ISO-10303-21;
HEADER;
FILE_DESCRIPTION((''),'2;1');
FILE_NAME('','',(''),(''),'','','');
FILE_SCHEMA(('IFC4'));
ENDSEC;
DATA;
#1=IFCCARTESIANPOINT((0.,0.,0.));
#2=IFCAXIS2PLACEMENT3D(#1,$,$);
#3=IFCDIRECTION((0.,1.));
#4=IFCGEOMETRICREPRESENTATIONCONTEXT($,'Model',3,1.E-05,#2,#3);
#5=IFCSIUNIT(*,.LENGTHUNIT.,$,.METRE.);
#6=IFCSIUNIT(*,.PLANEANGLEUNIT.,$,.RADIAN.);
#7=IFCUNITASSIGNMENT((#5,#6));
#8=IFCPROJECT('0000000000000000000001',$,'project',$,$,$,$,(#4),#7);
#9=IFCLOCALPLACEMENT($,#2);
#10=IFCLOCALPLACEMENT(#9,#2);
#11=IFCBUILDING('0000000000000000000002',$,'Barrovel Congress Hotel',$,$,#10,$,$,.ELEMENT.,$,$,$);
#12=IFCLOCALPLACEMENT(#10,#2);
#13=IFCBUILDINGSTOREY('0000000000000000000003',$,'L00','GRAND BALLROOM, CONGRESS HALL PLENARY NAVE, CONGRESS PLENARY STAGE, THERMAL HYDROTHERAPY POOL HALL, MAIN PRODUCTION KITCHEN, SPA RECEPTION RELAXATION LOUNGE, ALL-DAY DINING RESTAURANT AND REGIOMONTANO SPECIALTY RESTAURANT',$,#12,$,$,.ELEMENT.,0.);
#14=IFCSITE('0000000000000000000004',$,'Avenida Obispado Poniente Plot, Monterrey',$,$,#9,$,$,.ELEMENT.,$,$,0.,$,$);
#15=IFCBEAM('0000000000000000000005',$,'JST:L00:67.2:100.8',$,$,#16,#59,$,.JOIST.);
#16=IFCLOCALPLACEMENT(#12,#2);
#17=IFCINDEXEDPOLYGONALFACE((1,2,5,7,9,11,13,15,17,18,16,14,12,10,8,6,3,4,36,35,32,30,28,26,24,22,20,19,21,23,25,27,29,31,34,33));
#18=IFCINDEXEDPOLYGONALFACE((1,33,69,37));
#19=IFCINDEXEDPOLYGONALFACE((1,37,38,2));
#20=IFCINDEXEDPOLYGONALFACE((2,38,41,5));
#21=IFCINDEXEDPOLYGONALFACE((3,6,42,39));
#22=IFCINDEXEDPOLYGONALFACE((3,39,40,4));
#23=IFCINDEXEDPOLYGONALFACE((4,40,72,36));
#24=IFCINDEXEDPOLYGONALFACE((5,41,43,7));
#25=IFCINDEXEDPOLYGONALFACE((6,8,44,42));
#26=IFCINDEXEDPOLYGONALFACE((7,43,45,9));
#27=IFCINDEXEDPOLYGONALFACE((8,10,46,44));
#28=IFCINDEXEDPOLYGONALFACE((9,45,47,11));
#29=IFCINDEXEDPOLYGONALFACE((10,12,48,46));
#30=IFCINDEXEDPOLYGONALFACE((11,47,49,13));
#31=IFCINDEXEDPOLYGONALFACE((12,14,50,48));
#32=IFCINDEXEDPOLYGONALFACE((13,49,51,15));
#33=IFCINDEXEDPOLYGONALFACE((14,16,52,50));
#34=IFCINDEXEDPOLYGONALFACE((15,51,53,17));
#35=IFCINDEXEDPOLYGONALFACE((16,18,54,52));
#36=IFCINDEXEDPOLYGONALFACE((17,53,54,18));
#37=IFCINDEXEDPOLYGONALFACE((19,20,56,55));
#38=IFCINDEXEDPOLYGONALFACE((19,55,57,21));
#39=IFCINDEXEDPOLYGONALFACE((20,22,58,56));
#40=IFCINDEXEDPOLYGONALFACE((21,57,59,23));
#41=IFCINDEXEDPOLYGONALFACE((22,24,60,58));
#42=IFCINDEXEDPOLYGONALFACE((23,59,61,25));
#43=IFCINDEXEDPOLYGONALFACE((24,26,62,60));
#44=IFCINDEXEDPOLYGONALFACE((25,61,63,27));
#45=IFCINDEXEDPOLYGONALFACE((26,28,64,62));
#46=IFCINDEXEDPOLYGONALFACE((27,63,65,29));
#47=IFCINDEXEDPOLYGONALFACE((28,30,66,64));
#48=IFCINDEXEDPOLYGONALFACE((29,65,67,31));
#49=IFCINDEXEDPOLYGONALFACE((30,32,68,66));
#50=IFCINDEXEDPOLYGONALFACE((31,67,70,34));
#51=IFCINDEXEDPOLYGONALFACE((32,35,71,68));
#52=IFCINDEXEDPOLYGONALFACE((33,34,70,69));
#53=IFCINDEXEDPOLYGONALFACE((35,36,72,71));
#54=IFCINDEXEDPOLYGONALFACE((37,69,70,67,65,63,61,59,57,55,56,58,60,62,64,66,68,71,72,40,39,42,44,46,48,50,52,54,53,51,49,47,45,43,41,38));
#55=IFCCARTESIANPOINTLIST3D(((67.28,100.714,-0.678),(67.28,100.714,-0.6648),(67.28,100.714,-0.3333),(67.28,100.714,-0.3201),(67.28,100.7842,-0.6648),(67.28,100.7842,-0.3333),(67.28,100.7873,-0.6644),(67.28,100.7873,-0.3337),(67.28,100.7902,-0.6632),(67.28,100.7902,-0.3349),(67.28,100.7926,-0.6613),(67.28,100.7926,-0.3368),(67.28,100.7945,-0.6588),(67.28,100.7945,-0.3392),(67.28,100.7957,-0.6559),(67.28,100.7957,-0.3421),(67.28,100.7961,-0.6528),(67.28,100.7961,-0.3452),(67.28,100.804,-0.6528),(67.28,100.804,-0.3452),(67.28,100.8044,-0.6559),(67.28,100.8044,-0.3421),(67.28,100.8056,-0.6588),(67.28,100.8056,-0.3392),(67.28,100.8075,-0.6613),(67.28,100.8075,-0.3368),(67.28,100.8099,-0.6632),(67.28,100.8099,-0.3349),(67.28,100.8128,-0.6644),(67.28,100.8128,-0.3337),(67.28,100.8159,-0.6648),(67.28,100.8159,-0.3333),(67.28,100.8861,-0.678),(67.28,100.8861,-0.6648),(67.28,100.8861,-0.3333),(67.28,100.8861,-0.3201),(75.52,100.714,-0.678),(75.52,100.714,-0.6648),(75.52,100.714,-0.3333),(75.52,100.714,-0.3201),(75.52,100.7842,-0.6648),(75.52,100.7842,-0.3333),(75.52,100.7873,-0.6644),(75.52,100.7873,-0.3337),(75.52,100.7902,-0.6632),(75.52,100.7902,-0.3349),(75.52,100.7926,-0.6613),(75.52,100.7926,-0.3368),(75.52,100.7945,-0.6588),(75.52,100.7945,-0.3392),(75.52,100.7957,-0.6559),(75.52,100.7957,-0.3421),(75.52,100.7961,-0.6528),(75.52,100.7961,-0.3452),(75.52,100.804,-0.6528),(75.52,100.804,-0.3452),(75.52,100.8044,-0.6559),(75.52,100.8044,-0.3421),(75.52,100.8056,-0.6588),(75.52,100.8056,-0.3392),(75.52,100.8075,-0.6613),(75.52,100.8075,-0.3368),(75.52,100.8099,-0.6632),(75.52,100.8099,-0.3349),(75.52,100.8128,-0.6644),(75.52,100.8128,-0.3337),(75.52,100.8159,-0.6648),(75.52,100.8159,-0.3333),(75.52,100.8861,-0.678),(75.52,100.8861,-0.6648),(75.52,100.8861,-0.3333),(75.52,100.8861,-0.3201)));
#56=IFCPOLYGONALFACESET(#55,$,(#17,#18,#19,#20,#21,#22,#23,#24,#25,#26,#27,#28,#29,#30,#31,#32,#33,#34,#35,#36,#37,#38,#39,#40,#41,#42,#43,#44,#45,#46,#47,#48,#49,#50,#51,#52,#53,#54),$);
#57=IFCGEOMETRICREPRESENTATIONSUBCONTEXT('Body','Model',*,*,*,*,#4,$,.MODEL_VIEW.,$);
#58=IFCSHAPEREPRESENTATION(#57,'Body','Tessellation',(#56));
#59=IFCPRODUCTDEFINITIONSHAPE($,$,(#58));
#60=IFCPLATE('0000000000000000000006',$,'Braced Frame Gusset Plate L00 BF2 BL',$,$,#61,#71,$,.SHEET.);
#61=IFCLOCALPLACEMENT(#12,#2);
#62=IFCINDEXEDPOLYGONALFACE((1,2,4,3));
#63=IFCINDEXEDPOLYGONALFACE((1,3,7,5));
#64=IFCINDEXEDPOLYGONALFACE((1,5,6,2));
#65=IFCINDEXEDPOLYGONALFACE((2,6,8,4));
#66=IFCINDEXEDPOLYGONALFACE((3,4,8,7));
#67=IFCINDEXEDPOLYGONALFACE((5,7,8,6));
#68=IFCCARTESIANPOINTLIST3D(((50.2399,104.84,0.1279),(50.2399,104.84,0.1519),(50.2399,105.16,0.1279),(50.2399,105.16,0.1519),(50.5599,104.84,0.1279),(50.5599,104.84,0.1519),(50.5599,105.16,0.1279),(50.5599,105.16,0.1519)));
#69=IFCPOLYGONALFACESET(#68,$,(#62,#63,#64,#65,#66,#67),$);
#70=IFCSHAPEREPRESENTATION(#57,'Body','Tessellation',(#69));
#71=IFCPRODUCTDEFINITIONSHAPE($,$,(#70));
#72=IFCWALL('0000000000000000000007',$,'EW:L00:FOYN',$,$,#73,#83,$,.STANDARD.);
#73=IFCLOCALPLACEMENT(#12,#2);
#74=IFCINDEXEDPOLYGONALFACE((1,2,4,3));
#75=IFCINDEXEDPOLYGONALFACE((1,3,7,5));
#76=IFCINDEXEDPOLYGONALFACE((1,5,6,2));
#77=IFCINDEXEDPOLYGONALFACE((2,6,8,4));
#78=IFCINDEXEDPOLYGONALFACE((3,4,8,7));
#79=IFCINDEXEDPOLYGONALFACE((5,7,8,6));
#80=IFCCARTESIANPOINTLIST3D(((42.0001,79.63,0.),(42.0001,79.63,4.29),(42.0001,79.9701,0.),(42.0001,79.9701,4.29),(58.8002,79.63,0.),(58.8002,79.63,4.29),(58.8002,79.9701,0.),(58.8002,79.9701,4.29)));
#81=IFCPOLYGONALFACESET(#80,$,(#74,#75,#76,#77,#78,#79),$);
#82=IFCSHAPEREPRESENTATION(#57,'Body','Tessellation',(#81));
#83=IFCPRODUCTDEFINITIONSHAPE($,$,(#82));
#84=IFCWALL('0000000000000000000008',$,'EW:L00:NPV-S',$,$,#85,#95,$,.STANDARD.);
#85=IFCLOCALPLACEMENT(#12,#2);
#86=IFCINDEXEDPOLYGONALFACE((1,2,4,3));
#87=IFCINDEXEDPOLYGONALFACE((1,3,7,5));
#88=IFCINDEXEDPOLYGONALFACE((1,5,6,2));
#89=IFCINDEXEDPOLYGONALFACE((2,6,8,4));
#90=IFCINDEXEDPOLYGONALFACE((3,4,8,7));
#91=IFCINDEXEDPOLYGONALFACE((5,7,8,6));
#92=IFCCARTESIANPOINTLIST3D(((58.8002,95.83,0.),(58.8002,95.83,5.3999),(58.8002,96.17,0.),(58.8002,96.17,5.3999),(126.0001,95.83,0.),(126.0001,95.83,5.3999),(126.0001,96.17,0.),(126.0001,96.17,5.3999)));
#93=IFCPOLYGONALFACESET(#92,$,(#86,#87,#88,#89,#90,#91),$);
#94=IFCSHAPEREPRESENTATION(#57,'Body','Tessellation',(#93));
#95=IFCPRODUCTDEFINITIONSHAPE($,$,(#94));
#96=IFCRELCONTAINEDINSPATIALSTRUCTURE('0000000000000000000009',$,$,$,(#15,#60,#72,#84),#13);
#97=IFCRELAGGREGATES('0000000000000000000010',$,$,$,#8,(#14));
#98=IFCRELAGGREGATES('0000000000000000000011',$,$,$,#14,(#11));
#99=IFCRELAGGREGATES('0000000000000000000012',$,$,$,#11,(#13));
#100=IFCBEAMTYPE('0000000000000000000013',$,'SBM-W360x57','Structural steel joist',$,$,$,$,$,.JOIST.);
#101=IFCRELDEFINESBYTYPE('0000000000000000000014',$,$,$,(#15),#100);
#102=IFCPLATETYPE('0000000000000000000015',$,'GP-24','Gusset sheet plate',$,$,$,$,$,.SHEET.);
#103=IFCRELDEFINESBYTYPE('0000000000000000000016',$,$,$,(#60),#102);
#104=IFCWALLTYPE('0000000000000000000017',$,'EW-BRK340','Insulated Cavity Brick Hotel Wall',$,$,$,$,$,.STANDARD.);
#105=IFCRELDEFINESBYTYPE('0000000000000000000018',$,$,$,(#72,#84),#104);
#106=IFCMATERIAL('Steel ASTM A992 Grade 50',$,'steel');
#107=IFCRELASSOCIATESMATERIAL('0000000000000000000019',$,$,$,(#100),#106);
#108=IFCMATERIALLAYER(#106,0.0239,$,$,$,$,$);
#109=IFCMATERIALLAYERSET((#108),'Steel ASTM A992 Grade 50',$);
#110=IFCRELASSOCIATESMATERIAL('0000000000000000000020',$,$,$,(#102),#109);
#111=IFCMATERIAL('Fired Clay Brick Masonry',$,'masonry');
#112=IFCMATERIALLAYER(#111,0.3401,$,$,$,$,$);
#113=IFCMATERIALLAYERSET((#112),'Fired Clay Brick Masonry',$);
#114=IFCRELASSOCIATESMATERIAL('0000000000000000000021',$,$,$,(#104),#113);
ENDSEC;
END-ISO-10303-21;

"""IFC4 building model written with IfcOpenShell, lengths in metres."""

from ifc_helpers import new_model, si_unit, direction, frame, frame_2d, origin, origin_2d, place, context, subcontext, project, spatial, rectangle, i_section, extrude, material, layer, layer_set, material_profile, profile_set, type_object, element, save


model = new_model("IFC4")

# Units and contexts
model_context = context("Model", 3, precision=1e-05, world=origin(), true_north=direction((0.0, 1.0)))
body_context = subcontext(model_context, "Body", "Model", "MODEL_VIEW")
ifc_project = project(units=[si_unit("LENGTHUNIT", "METRE"), si_unit("PLANEANGLEUNIT", "RADIAN")], contexts=[model_context])

# Site, building, storey
site_placement = place(None, origin())
site = spatial("IfcSite", under=ifc_project, at=site_placement, Name="Avenida Obispado Poniente Plot, Monterrey", CompositionType="ELEMENT", RefElevation=0.0)
building_placement = place(site_placement, origin())
building = spatial("IfcBuilding", under=site, at=building_placement, Name="Barrovel Congress Hotel", CompositionType="ELEMENT")
storey_placement = place(building_placement, origin())
storey = spatial("IfcBuildingStorey", under=building, at=storey_placement, Name="L00", Description="GRAND BALLROOM, CONGRESS HALL PLENARY NAVE, CONGRESS PLENARY STAGE, THERMAL HYDROTHERAPY POOL HALL, MAIN PRODUCTION KITCHEN, SPA RECEPTION RELAXATION LOUNGE, ALL-DAY DINING RESTAURANT AND REGIOMONTANO SPECIALTY RESTAURANT", CompositionType="ELEMENT", Elevation=0.0)

# Beam
ifc_material_1 = material(Name="Steel ASTM A992 Grade 50", Category="steel")
ifc_material_profile_1 = material_profile(ifc_material_1, i_section(OverallWidth=0.1721, OverallDepth=0.3579, WebThickness=0.0078, FlangeThickness=0.0132, FilletRadius=0.012, at=origin_2d()), Name="W360x57")
ifc_profile_set_1 = profile_set([ifc_material_profile_1], Name="Steel ASTM A992 Grade 50")
beam_type_1 = type_object("IfcBeamType", Name="SBM-W360x57", Description="Structural steel joist", PredefinedType="JOIST", material=ifc_profile_set_1)
beam_1_placement = place(storey_placement, frame((67.28, 100.8, -0.499), z_axis=(1.0, 0.0, 0.0), x_axis=(0.0, 1.0, 0.0)))
element("IfcBeam", 1, at=beam_1_placement, inside=storey, type_object=beam_type_1, Name="JST:L00:67.2:100.8", PredefinedType="JOIST", context=body_context, shape_type="SweptSolid", body=[
    extrude(i_section(OverallWidth=0.1721, OverallDepth=0.3579, WebThickness=0.0078, FlangeThickness=0.0132, FilletRadius=0.012, at=origin_2d()), origin(), (0.0, 0.0, 1.0), 8.24),
])

# Plate
ifc_layer_1 = layer(ifc_material_1, 0.0239)
ifc_layer_set_1 = layer_set([ifc_layer_1], Name="Steel ASTM A992 Grade 50")
plate_type = type_object("IfcPlateType", Name="GP-24", Description="Gusset sheet plate", PredefinedType="SHEET", material=ifc_layer_set_1)
plate_placement = place(storey_placement, frame((50.3999, 105.0, 0.1279), z_axis=(0.0, 0.0, 1.0), x_axis=(1.0, 0.0, 0.0)))
element("IfcPlate", 2, at=plate_placement, inside=storey, type_object=plate_type, Name="Braced Frame Gusset Plate L00 BF2 BL", PredefinedType="SHEET", context=body_context, shape_type="SweptSolid", body=[
    extrude(rectangle(XDim=0.3201, YDim=0.3201, at=origin_2d()), origin(), (0.0, 0.0, 1.0), 0.0239),
])

# Walls
ifc_material_2 = material(Name="Fired Clay Brick Masonry", Category="masonry")
ifc_layer_2 = layer(ifc_material_2, 0.3401)
ifc_layer_set_2 = layer_set([ifc_layer_2], Name="Fired Clay Brick Masonry")
wall_type = type_object("IfcWallType", Name="EW-BRK340", Description="Insulated Cavity Brick Hotel Wall", PredefinedType="STANDARD", material=ifc_layer_set_2)
wall_1_placement = place(storey_placement, frame((58.8, 79.8, 0.0), z_axis=(0.0, 0.0, 1.0), x_axis=(-1.0, 0.0, 0.0)))
element("IfcWall", 3, at=wall_1_placement, inside=storey, type_object=wall_type, Name="EW:L00:FOYN", PredefinedType="STANDARD", context=body_context, shape_type="SweptSolid", body=[
    extrude(rectangle(XDim=16.8, YDim=0.3401, at=frame_2d((8.3999, 0.0))), origin(), (0.0, 0.0, 1.0), 4.29),
])
wall_2_placement = place(storey_placement, frame((58.8, 96.0, 0.0), z_axis=(0.0, 0.0, 1.0), x_axis=(1.0, 0.0, 0.0)))
element("IfcWall", 4, at=wall_2_placement, inside=storey, type_object=wall_type, Name="EW:L00:NPV-S", PredefinedType="STANDARD", context=body_context, shape_type="SweptSolid", body=[
    extrude(rectangle(XDim=67.2, YDim=0.3401, at=frame_2d((33.6001, 0.0))), origin(), (0.0, 0.0, 1.0), 5.3999),
])

save(model, "model.ifc")
